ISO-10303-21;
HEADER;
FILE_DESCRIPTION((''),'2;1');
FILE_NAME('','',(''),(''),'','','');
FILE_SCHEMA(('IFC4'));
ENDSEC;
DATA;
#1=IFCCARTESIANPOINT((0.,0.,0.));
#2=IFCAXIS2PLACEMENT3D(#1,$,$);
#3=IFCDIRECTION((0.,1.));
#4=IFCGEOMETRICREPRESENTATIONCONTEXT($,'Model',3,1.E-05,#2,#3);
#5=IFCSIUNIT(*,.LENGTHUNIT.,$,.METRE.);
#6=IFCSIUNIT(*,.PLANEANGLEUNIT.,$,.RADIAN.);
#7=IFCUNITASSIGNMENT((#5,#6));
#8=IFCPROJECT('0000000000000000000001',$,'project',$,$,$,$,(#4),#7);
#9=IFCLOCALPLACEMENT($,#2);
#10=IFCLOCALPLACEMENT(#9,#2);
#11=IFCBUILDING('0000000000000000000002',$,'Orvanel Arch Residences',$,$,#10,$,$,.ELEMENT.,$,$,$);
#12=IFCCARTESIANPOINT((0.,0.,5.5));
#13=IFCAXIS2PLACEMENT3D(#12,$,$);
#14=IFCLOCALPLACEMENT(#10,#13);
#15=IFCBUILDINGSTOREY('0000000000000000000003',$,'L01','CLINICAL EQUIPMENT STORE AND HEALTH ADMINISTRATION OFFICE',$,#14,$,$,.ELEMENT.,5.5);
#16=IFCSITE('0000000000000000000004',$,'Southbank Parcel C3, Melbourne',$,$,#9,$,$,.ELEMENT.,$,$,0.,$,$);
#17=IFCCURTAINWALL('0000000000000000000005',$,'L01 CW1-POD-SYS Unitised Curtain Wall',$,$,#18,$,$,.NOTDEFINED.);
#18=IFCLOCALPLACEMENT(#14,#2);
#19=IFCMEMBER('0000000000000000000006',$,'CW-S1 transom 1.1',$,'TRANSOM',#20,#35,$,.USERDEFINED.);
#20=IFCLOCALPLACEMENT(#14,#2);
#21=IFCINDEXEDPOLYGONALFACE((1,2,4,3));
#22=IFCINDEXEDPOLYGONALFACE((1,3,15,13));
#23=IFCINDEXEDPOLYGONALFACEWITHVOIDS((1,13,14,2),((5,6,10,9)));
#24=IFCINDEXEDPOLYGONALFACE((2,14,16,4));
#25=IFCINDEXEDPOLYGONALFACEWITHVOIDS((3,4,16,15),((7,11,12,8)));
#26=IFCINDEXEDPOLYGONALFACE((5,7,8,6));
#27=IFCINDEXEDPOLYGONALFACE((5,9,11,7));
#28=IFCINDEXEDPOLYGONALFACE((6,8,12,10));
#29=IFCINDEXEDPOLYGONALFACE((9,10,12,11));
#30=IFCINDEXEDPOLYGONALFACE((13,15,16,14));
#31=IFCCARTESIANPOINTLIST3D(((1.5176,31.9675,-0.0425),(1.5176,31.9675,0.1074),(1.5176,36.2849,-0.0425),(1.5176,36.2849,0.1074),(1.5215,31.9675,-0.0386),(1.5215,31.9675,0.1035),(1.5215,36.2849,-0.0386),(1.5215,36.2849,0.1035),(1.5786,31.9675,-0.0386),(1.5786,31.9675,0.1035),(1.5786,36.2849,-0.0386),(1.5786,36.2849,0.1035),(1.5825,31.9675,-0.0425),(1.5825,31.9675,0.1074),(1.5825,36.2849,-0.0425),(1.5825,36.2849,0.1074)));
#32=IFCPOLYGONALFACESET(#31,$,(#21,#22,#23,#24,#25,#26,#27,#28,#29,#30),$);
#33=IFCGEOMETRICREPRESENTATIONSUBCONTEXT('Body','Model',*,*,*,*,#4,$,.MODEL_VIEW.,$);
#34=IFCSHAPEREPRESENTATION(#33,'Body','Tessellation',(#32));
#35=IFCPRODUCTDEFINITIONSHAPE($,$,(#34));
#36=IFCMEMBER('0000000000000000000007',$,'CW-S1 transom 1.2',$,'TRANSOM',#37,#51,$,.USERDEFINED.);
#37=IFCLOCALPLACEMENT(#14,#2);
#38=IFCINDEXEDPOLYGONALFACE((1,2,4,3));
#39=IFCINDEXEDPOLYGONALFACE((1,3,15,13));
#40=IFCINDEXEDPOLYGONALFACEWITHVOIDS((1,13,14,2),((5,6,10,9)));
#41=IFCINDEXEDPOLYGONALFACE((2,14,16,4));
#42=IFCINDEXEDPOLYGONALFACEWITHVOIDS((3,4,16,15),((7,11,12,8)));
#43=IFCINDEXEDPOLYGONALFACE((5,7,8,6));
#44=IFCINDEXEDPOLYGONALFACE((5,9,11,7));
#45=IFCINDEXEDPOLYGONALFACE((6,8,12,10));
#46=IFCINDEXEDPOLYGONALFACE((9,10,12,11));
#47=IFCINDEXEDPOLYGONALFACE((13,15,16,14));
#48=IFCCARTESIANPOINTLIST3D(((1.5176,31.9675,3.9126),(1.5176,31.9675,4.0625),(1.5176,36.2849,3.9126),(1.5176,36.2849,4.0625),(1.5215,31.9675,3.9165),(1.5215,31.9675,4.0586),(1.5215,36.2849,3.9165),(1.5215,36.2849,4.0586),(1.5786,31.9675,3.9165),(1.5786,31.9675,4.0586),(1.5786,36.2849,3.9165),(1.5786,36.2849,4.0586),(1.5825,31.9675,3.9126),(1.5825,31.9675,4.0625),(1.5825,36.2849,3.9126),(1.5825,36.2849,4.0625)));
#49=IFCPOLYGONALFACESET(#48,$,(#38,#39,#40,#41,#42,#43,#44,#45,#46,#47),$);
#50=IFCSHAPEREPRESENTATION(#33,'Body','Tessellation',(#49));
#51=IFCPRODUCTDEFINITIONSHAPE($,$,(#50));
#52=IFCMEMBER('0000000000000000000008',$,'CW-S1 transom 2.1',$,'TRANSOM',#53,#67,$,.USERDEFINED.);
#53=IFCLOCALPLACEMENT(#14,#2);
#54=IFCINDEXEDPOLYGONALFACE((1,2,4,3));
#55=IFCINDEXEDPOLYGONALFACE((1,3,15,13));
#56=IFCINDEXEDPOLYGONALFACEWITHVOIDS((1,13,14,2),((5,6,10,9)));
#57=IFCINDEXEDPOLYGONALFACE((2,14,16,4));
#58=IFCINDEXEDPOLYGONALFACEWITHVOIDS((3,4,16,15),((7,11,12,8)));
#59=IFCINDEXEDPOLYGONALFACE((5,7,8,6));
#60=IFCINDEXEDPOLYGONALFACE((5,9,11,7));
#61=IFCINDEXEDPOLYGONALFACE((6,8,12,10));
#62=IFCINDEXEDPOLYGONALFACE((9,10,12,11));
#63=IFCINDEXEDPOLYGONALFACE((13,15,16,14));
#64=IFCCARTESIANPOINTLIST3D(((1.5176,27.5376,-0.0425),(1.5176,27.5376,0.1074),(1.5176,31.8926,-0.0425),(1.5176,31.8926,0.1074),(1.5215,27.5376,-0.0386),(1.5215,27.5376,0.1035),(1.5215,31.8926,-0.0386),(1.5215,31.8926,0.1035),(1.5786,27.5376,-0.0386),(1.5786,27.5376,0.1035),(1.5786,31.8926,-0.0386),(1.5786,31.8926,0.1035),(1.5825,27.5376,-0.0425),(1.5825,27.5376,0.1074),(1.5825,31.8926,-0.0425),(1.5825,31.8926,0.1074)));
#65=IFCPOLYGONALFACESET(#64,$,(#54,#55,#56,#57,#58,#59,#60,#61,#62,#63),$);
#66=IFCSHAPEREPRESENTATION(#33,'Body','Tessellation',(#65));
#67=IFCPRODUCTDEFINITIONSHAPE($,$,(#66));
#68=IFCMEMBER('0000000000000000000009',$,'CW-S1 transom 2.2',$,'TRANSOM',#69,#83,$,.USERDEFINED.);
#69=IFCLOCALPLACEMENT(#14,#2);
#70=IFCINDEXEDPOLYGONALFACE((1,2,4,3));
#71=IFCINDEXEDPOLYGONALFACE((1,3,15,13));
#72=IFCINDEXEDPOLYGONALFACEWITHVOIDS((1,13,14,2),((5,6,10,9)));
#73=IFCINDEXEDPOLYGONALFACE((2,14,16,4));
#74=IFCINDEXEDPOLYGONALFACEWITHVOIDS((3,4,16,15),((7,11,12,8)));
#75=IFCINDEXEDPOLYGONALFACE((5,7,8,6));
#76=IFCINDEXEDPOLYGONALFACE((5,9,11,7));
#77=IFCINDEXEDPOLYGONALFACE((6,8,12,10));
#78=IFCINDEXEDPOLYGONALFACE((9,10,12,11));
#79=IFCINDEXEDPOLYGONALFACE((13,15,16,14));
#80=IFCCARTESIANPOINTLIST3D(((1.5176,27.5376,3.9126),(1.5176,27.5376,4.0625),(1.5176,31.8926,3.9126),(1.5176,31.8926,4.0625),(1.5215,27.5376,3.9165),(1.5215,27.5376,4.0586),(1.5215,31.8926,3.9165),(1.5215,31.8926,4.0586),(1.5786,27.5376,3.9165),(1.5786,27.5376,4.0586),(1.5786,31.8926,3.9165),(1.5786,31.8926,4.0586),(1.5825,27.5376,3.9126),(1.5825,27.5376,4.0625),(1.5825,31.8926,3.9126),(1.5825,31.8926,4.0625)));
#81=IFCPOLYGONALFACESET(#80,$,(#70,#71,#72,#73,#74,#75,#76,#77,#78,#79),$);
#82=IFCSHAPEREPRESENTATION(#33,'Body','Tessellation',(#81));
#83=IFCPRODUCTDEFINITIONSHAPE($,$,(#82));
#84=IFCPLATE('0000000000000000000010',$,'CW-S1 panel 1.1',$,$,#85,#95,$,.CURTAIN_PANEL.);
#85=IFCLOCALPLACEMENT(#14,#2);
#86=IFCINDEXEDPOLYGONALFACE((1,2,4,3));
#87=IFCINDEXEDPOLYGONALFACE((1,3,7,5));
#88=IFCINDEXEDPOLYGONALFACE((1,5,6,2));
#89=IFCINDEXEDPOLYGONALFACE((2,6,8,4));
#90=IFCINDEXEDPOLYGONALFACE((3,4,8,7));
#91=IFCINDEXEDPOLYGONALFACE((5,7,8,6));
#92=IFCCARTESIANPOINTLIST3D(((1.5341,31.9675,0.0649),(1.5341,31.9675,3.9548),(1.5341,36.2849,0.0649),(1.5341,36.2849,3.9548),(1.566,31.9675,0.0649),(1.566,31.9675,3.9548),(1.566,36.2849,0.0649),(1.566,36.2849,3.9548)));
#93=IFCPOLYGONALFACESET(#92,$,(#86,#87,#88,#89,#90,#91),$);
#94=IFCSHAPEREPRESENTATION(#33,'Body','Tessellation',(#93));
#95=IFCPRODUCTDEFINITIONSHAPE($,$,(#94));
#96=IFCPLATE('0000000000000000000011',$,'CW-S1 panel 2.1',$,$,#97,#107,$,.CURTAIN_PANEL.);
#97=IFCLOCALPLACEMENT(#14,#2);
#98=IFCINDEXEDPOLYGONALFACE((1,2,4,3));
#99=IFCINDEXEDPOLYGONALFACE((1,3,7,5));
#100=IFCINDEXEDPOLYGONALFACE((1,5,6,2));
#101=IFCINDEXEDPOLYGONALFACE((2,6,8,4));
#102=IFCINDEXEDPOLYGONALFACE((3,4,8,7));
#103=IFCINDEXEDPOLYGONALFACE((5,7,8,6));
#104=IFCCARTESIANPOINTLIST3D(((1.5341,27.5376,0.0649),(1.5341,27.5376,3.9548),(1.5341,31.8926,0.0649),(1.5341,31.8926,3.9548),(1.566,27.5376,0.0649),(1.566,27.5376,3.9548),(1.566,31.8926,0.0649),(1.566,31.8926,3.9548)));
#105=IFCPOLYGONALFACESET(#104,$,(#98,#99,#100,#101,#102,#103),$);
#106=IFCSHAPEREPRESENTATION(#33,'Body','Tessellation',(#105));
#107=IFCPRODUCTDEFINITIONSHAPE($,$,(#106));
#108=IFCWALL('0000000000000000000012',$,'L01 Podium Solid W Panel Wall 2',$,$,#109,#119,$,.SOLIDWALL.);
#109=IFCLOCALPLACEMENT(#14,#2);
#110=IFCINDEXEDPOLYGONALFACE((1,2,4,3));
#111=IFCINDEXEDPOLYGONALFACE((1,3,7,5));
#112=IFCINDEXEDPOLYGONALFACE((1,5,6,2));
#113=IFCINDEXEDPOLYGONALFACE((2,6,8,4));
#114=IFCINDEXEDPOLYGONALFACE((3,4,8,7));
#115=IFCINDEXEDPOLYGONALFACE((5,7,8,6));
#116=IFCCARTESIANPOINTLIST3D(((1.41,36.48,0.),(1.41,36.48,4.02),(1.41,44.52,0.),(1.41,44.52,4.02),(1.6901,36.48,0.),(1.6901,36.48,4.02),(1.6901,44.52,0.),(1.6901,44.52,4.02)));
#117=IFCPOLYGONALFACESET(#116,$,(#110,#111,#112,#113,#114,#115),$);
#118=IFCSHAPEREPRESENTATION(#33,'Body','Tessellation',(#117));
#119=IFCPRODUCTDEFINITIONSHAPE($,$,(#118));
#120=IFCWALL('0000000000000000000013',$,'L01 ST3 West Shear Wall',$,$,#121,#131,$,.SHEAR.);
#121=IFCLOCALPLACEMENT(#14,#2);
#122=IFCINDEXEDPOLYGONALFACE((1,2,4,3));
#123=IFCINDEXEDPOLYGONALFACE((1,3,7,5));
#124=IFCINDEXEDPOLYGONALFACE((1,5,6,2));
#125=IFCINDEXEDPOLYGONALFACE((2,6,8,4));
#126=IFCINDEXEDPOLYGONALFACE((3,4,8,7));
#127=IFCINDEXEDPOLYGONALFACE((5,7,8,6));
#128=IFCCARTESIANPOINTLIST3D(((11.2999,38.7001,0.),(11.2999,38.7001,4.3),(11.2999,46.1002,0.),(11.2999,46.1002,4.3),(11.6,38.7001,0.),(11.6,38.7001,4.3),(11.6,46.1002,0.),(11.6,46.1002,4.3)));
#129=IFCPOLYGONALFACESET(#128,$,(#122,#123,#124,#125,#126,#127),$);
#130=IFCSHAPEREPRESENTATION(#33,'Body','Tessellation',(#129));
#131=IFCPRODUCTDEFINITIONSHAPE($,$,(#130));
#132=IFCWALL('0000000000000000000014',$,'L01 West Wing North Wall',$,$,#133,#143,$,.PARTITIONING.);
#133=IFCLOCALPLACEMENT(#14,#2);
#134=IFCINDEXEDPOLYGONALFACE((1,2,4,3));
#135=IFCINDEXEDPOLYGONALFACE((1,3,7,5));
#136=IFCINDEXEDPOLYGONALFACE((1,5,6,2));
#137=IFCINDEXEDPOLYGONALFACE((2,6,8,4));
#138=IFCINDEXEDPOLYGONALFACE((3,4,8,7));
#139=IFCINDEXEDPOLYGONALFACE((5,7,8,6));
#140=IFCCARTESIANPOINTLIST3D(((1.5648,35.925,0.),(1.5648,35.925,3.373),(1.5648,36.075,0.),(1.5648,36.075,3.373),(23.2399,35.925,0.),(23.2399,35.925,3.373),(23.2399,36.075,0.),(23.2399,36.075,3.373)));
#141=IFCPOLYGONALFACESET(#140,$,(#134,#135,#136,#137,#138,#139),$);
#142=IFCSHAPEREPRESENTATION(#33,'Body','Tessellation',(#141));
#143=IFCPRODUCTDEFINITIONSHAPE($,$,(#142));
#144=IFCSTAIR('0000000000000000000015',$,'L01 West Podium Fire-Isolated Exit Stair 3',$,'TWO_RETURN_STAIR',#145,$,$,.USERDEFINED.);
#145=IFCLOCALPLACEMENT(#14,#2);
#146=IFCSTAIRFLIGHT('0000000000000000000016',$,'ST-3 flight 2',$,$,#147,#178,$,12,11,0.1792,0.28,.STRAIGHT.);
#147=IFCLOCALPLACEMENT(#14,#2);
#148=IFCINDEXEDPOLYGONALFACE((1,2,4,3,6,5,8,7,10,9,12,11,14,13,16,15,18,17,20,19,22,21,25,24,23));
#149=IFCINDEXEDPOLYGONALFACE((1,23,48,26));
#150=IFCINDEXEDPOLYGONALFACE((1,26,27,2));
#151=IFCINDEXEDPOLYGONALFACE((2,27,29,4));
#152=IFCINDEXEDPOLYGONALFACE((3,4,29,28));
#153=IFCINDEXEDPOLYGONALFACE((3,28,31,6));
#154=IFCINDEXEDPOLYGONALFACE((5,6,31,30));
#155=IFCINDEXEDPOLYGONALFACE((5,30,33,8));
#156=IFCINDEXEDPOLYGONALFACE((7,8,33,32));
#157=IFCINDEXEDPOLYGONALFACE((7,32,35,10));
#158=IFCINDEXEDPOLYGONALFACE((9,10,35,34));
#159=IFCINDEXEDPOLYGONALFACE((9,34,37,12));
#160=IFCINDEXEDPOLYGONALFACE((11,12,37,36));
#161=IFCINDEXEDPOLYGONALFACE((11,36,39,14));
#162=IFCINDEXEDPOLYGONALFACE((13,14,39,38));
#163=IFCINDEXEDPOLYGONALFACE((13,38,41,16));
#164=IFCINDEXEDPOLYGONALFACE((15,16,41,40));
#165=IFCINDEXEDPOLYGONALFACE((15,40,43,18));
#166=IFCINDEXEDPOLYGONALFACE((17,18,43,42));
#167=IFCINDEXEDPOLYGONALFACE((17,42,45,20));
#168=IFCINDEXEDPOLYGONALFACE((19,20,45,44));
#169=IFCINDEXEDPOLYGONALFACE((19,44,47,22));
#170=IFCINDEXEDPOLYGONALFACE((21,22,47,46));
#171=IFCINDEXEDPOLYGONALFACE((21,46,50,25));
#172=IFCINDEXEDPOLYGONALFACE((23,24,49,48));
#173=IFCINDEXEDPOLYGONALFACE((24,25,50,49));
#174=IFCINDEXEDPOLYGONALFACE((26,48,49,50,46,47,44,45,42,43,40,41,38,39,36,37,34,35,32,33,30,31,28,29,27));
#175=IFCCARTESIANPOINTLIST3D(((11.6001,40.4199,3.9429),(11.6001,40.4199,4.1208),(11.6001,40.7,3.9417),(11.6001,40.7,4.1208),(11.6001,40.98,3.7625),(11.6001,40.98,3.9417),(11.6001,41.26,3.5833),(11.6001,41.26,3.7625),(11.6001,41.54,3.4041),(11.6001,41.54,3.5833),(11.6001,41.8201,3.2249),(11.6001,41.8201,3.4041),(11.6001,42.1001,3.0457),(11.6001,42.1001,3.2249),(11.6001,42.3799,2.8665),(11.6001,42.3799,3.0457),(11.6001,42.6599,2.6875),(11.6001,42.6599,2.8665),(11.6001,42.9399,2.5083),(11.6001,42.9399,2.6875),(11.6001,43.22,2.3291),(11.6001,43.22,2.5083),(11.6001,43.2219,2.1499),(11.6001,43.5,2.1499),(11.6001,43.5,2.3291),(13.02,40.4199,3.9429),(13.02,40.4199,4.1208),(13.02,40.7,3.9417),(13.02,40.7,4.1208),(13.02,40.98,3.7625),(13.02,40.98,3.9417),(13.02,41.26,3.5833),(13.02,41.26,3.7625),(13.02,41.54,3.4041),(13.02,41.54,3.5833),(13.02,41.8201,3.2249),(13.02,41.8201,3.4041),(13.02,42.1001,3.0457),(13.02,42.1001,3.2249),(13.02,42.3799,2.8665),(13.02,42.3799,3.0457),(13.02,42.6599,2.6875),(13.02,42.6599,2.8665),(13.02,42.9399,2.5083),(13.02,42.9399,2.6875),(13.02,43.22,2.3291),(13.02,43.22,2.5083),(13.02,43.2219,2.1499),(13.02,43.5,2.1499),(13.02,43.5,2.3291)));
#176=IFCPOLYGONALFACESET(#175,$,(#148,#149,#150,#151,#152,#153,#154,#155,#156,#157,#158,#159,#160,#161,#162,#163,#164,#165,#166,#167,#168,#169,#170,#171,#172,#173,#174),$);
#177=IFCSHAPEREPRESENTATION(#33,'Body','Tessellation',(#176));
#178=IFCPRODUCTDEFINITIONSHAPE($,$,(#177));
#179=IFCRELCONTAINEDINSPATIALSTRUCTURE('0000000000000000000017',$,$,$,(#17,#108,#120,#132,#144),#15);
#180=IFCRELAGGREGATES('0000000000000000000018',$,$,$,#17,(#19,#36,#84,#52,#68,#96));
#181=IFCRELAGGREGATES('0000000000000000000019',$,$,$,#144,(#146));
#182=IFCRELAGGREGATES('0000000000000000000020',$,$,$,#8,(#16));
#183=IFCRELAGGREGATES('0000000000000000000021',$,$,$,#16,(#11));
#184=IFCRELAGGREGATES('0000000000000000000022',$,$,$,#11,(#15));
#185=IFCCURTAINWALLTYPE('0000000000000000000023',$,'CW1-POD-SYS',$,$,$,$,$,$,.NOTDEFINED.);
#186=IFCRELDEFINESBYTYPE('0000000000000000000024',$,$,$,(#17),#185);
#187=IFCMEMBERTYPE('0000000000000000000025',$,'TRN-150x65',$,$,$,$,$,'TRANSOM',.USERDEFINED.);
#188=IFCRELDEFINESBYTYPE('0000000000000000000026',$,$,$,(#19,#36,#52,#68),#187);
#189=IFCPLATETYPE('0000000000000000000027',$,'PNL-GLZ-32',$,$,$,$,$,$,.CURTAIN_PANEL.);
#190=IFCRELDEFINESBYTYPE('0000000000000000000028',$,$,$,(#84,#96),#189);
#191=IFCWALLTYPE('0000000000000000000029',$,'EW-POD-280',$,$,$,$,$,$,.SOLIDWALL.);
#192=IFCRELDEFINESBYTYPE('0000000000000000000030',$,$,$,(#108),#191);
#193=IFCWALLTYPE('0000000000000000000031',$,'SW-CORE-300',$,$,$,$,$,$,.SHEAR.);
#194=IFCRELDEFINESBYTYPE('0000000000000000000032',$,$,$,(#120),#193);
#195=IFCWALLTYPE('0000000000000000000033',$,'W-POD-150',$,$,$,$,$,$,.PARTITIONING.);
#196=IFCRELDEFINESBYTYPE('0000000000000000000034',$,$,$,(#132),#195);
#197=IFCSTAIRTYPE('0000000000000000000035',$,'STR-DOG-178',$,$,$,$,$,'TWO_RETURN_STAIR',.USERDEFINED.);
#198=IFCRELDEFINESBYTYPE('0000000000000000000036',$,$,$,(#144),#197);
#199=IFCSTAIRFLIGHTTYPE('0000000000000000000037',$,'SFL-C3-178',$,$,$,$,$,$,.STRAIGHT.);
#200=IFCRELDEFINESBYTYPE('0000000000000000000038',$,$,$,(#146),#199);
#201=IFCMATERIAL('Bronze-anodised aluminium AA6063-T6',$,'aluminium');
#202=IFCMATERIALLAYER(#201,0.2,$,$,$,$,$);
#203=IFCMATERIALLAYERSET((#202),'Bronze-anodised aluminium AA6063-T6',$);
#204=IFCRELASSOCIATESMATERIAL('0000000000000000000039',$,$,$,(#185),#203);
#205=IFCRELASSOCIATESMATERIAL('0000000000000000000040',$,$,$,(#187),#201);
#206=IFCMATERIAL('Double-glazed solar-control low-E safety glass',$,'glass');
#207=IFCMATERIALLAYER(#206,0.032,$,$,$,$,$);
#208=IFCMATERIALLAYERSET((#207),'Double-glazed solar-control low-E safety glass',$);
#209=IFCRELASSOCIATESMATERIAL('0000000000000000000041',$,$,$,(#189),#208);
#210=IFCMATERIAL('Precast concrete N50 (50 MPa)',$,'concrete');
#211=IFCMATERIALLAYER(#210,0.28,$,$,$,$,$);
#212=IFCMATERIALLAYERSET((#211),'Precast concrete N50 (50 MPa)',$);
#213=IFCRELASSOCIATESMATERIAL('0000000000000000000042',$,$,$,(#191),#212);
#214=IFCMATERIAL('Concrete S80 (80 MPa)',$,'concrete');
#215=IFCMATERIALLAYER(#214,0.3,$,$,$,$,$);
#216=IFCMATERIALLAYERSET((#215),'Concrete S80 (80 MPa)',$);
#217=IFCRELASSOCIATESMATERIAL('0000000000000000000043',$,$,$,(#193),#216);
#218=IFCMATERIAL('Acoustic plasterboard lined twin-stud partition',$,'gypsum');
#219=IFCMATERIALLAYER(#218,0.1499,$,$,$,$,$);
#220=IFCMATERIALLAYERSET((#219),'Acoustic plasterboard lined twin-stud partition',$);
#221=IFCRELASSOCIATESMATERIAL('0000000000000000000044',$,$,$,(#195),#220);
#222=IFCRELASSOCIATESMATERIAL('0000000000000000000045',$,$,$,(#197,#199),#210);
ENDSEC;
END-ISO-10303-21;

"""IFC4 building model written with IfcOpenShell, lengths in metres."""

from ifc_helpers import new_model, si_unit, direction, frame, frame_2d, origin, origin_2d, place, context, subcontext, project, spatial, polyline, rectangle, hollow_rectangle, outline, extrude, material, layer, layer_set, material_profile, profile_set, type_object, element, aggregate, save


model = new_model("IFC4")

# Units and contexts
model_context = context("Model", 3, precision=1e-05, world=origin(), true_north=direction((0.0, 1.0)))
body_context = subcontext(model_context, "Body", "Model", "MODEL_VIEW")
ifc_project = project(units=[si_unit("LENGTHUNIT", "METRE"), si_unit("PLANEANGLEUNIT", "RADIAN")], contexts=[model_context])

# Site, building, storey
site_placement = place(None, origin())
site = spatial("IfcSite", under=ifc_project, at=site_placement, Name="Southbank Parcel C3, Melbourne", CompositionType="ELEMENT", RefElevation=0.0)
building_placement = place(site_placement, origin())
building = spatial("IfcBuilding", under=site, at=building_placement, Name="Orvanel Arch Residences", CompositionType="ELEMENT")
storey_placement = place(building_placement, frame((0.0, 0.0, 5.5)))
storey = spatial("IfcBuildingStorey", under=building, at=storey_placement, Name="L01", Description="CLINICAL EQUIPMENT STORE AND HEALTH ADMINISTRATION OFFICE", CompositionType="ELEMENT", Elevation=5.5)

# Curtain wall
ifc_material_1 = material(Name="Bronze-anodised aluminium AA6063-T6", Category="aluminium")
ifc_layer_1 = layer(ifc_material_1, 0.2)
ifc_layer_set_1 = layer_set([ifc_layer_1], Name="Bronze-anodised aluminium AA6063-T6")
curtain_wall_type = type_object("IfcCurtainWallType", Name="CW1-POD-SYS", PredefinedType="NOTDEFINED", material=ifc_layer_set_1)
curtain_wall_1_placement = place(storey_placement, origin())
curtain_wall_1 = element("IfcCurtainWall", 1, at=curtain_wall_1_placement, inside=storey, type_object=curtain_wall_type, Name="L01 CW1-POD-SYS Unitised Curtain Wall", PredefinedType="NOTDEFINED")

# Members
ifc_material_profile_1 = material_profile(ifc_material_1, hollow_rectangle(XDim=0.0649, YDim=0.1499, WallThickness=0.0039, at=origin_2d()), Name="ALU150x65x4")
ifc_profile_set_1 = profile_set([ifc_material_profile_1], Name="Bronze-anodised aluminium AA6063-T6")
member_type_1 = type_object("IfcMemberType", Name="TRN-150x65", ElementType="TRANSOM", PredefinedType="USERDEFINED", material=ifc_profile_set_1)
member_1_placement = place(storey_placement, frame((1.55, 36.2849, 0.0325), z_axis=(0.0, -1.0, 0.0), x_axis=(1.0, 0.0, 0.0)))
member_1 = element("IfcMember", 2, at=member_1_placement, type_object=member_type_1, Name="CW-S1 transom 1.1", ObjectType="TRANSOM", PredefinedType="USERDEFINED", context=body_context, shape_type="SweptSolid", body=[
    extrude(hollow_rectangle(XDim=0.0649, YDim=0.1499, WallThickness=0.0039, at=origin_2d()), origin(), (0.0, 0.0, 1.0), 4.3174),
])
member_2_placement = place(storey_placement, frame((1.55, 36.2849, 3.9875), z_axis=(0.0, -1.0, 0.0), x_axis=(1.0, 0.0, 0.0)))
member_2 = element("IfcMember", 3, at=member_2_placement, type_object=member_type_1, Name="CW-S1 transom 1.2", ObjectType="TRANSOM", PredefinedType="USERDEFINED", context=body_context, shape_type="SweptSolid", body=[
    extrude(hollow_rectangle(XDim=0.0649, YDim=0.1499, WallThickness=0.0039, at=origin_2d()), origin(), (0.0, 0.0, 1.0), 4.3174),
])
member_3_placement = place(storey_placement, frame((1.55, 31.8926, 0.0325), z_axis=(0.0, -1.0, 0.0), x_axis=(1.0, 0.0, 0.0)))
member_3 = element("IfcMember", 4, at=member_3_placement, type_object=member_type_1, Name="CW-S1 transom 2.1", ObjectType="TRANSOM", PredefinedType="USERDEFINED", context=body_context, shape_type="SweptSolid", body=[
    extrude(hollow_rectangle(XDim=0.0649, YDim=0.1499, WallThickness=0.0039, at=origin_2d()), origin(), (0.0, 0.0, 1.0), 4.355),
])
member_4_placement = place(storey_placement, frame((1.55, 31.8926, 3.9875), z_axis=(0.0, -1.0, 0.0), x_axis=(1.0, 0.0, 0.0)))
member_4 = element("IfcMember", 5, at=member_4_placement, type_object=member_type_1, Name="CW-S1 transom 2.2", ObjectType="TRANSOM", PredefinedType="USERDEFINED", context=body_context, shape_type="SweptSolid", body=[
    extrude(hollow_rectangle(XDim=0.0649, YDim=0.1499, WallThickness=0.0039, at=origin_2d()), origin(), (0.0, 0.0, 1.0), 4.355),
])

# Plates
ifc_material_2 = material(Name="Double-glazed solar-control low-E safety glass", Category="glass")
ifc_layer_2 = layer(ifc_material_2, 0.032)
ifc_layer_set_2 = layer_set([ifc_layer_2], Name="Double-glazed solar-control low-E safety glass")
plate_type = type_object("IfcPlateType", Name="PNL-GLZ-32", PredefinedType="CURTAIN_PANEL", material=ifc_layer_set_2)
plate_1_placement = place(storey_placement, frame((1.55, 34.1262, 0.0649), z_axis=(0.0, 0.0, 1.0), x_axis=(0.0, -1.0, 0.0)))
plate_1 = element("IfcPlate", 6, at=plate_1_placement, type_object=plate_type, Name="CW-S1 panel 1.1", PredefinedType="CURTAIN_PANEL", context=body_context, shape_type="SweptSolid", body=[
    extrude(rectangle(XDim=4.3174, YDim=0.032, at=origin_2d()), origin(), (0.0, 0.0, 1.0), 3.8899),
])
plate_2_placement = place(storey_placement, frame((1.55, 29.7151, 0.0649), z_axis=(0.0, 0.0, 1.0), x_axis=(0.0, -1.0, 0.0)))
plate_2 = element("IfcPlate", 7, at=plate_2_placement, type_object=plate_type, Name="CW-S1 panel 2.1", PredefinedType="CURTAIN_PANEL", context=body_context, shape_type="SweptSolid", body=[
    extrude(rectangle(XDim=4.355, YDim=0.032, at=origin_2d()), origin(), (0.0, 0.0, 1.0), 3.8899),
])
aggregate(curtain_wall_1, [member_1, member_2, plate_1, member_3, member_4, plate_2])

# Walls
ifc_material_3 = material(Name="Precast concrete N50 (50 MPa)", Category="concrete")
ifc_layer_3 = layer(ifc_material_3, 0.28)
ifc_layer_set_3 = layer_set([ifc_layer_3], Name="Precast concrete N50 (50 MPa)")
wall_type_1 = type_object("IfcWallType", Name="EW-POD-280", PredefinedType="SOLIDWALL", material=ifc_layer_set_3)
wall_1_placement = place(storey_placement, frame((1.55, 44.52, 0.0), z_axis=(0.0, 0.0, 1.0), x_axis=(0.0, -1.0, 0.0)))
element("IfcWall", 8, at=wall_1_placement, inside=storey, type_object=wall_type_1, Name="L01 Podium Solid W Panel Wall 2", PredefinedType="SOLIDWALL", context=body_context, shape_type="SweptSolid", body=[
    extrude(rectangle(XDim=8.04, YDim=0.28, at=frame_2d((4.02, 0.0))), origin(), (0.0, 0.0, 1.0), 4.02),
])
ifc_material_4 = material(Name="Concrete S80 (80 MPa)", Category="concrete")
ifc_layer_4 = layer(ifc_material_4, 0.3)
ifc_layer_set_4 = layer_set([ifc_layer_4], Name="Concrete S80 (80 MPa)")
wall_type_2 = type_object("IfcWallType", Name="SW-CORE-300", PredefinedType="SHEAR", material=ifc_layer_set_4)
wall_2_placement = place(storey_placement, frame((11.45, 38.7, 0.0), z_axis=(0.0, 0.0, 1.0), x_axis=(0.0, 1.0, 0.0)))
element("IfcWall", 9, at=wall_2_placement, inside=storey, type_object=wall_type_2, Name="L01 ST3 West Shear Wall", PredefinedType="SHEAR", context=body_context, shape_type="SweptSolid", body=[
    extrude(rectangle(XDim=7.4001, YDim=0.3, at=frame_2d((3.7002, 0.0))), origin(), (0.0, 0.0, 1.0), 4.3),
])

# Wall
ifc_material_5 = material(Name="Acoustic plasterboard lined twin-stud partition", Category="gypsum")
ifc_layer_5 = layer(ifc_material_5, 0.1499)
ifc_layer_set_5 = layer_set([ifc_layer_5], Name="Acoustic plasterboard lined twin-stud partition")
wall_type_3 = type_object("IfcWallType", Name="W-POD-150", PredefinedType="PARTITIONING", material=ifc_layer_set_5)
wall_3_placement = place(storey_placement, frame((1.5649, 36.0, 0.0), z_axis=(0.0, 0.0, 1.0), x_axis=(1.0, 0.0, 0.0)))
element("IfcWall", 10, at=wall_3_placement, inside=storey, type_object=wall_type_3, Name="L01 West Wing North Wall", PredefinedType="PARTITIONING", context=body_context, shape_type="SweptSolid", body=[
    extrude(rectangle(XDim=21.675, YDim=0.1499, at=frame_2d((10.8374, 0.0))), origin(), (0.0, 0.0, 1.0), 3.373),
])

# Stair, stair flight
stair_type = type_object("IfcStairType", Name="STR-DOG-178", ElementType="TWO_RETURN_STAIR", PredefinedType="USERDEFINED", material=ifc_material_3)
stair_placement = place(storey_placement, origin())
stair = element("IfcStair", 11, at=stair_placement, inside=storey, type_object=stair_type, Name="L01 West Podium Fire-Isolated Exit Stair 3", ObjectType="TWO_RETURN_STAIR", PredefinedType="USERDEFINED")
stair_flight_type = type_object("IfcStairFlightType", Name="SFL-C3-178", PredefinedType="STRAIGHT", material=ifc_material_3)
stair_flight_placement = place(storey_placement, frame((12.3101, 43.5, 2.1499), z_axis=(0.0, 0.0, 1.0), x_axis=(0.0, -1.0, 0.0)))
stair_flight = element("IfcStairFlight", 12, at=stair_flight_placement, type_object=stair_flight_type, Name="ST-3 flight 2", NumberOfRisers=12, NumberOfTreads=11, PredefinedType="STRAIGHT", RiserHeight=0.1792, TreadLength=0.28, context=body_context, shape_type="SweptSolid", body=[
    extrude(outline(polyline([(0.0, 0.0), (0.0, 0.1792), (0.28, 0.1792), (0.28, 0.3584), (0.5601, 0.3584), (0.5601, 0.5376), (0.8401, 0.5376), (0.8401, 0.7166), (1.1201, 0.7166), (1.1201, 0.8958), (1.3999, 0.8958), (1.3999, 1.075), (1.6799, 1.075), (1.6799, 1.2542), (1.96, 1.2542), (1.96, 1.4333), (2.24, 1.4333), (2.24, 1.6125), (2.52, 1.6125), (2.52, 1.7917), (2.8, 1.7917), (2.8, 1.9709), (3.0801, 1.9709), (3.0801, 2.1499), (3.0801, 1.793), (0.2781, 0.0), (0.0, 0.0)])), frame((0.0, 0.71, 0.0), z_axis=(0.0, -1.0, 0.0), x_axis=(1.0, 0.0, 0.0)), (0.0, 0.0, 1.0), 1.4199),
])
aggregate(stair, [stair_flight])

save(model, "model.ifc")
